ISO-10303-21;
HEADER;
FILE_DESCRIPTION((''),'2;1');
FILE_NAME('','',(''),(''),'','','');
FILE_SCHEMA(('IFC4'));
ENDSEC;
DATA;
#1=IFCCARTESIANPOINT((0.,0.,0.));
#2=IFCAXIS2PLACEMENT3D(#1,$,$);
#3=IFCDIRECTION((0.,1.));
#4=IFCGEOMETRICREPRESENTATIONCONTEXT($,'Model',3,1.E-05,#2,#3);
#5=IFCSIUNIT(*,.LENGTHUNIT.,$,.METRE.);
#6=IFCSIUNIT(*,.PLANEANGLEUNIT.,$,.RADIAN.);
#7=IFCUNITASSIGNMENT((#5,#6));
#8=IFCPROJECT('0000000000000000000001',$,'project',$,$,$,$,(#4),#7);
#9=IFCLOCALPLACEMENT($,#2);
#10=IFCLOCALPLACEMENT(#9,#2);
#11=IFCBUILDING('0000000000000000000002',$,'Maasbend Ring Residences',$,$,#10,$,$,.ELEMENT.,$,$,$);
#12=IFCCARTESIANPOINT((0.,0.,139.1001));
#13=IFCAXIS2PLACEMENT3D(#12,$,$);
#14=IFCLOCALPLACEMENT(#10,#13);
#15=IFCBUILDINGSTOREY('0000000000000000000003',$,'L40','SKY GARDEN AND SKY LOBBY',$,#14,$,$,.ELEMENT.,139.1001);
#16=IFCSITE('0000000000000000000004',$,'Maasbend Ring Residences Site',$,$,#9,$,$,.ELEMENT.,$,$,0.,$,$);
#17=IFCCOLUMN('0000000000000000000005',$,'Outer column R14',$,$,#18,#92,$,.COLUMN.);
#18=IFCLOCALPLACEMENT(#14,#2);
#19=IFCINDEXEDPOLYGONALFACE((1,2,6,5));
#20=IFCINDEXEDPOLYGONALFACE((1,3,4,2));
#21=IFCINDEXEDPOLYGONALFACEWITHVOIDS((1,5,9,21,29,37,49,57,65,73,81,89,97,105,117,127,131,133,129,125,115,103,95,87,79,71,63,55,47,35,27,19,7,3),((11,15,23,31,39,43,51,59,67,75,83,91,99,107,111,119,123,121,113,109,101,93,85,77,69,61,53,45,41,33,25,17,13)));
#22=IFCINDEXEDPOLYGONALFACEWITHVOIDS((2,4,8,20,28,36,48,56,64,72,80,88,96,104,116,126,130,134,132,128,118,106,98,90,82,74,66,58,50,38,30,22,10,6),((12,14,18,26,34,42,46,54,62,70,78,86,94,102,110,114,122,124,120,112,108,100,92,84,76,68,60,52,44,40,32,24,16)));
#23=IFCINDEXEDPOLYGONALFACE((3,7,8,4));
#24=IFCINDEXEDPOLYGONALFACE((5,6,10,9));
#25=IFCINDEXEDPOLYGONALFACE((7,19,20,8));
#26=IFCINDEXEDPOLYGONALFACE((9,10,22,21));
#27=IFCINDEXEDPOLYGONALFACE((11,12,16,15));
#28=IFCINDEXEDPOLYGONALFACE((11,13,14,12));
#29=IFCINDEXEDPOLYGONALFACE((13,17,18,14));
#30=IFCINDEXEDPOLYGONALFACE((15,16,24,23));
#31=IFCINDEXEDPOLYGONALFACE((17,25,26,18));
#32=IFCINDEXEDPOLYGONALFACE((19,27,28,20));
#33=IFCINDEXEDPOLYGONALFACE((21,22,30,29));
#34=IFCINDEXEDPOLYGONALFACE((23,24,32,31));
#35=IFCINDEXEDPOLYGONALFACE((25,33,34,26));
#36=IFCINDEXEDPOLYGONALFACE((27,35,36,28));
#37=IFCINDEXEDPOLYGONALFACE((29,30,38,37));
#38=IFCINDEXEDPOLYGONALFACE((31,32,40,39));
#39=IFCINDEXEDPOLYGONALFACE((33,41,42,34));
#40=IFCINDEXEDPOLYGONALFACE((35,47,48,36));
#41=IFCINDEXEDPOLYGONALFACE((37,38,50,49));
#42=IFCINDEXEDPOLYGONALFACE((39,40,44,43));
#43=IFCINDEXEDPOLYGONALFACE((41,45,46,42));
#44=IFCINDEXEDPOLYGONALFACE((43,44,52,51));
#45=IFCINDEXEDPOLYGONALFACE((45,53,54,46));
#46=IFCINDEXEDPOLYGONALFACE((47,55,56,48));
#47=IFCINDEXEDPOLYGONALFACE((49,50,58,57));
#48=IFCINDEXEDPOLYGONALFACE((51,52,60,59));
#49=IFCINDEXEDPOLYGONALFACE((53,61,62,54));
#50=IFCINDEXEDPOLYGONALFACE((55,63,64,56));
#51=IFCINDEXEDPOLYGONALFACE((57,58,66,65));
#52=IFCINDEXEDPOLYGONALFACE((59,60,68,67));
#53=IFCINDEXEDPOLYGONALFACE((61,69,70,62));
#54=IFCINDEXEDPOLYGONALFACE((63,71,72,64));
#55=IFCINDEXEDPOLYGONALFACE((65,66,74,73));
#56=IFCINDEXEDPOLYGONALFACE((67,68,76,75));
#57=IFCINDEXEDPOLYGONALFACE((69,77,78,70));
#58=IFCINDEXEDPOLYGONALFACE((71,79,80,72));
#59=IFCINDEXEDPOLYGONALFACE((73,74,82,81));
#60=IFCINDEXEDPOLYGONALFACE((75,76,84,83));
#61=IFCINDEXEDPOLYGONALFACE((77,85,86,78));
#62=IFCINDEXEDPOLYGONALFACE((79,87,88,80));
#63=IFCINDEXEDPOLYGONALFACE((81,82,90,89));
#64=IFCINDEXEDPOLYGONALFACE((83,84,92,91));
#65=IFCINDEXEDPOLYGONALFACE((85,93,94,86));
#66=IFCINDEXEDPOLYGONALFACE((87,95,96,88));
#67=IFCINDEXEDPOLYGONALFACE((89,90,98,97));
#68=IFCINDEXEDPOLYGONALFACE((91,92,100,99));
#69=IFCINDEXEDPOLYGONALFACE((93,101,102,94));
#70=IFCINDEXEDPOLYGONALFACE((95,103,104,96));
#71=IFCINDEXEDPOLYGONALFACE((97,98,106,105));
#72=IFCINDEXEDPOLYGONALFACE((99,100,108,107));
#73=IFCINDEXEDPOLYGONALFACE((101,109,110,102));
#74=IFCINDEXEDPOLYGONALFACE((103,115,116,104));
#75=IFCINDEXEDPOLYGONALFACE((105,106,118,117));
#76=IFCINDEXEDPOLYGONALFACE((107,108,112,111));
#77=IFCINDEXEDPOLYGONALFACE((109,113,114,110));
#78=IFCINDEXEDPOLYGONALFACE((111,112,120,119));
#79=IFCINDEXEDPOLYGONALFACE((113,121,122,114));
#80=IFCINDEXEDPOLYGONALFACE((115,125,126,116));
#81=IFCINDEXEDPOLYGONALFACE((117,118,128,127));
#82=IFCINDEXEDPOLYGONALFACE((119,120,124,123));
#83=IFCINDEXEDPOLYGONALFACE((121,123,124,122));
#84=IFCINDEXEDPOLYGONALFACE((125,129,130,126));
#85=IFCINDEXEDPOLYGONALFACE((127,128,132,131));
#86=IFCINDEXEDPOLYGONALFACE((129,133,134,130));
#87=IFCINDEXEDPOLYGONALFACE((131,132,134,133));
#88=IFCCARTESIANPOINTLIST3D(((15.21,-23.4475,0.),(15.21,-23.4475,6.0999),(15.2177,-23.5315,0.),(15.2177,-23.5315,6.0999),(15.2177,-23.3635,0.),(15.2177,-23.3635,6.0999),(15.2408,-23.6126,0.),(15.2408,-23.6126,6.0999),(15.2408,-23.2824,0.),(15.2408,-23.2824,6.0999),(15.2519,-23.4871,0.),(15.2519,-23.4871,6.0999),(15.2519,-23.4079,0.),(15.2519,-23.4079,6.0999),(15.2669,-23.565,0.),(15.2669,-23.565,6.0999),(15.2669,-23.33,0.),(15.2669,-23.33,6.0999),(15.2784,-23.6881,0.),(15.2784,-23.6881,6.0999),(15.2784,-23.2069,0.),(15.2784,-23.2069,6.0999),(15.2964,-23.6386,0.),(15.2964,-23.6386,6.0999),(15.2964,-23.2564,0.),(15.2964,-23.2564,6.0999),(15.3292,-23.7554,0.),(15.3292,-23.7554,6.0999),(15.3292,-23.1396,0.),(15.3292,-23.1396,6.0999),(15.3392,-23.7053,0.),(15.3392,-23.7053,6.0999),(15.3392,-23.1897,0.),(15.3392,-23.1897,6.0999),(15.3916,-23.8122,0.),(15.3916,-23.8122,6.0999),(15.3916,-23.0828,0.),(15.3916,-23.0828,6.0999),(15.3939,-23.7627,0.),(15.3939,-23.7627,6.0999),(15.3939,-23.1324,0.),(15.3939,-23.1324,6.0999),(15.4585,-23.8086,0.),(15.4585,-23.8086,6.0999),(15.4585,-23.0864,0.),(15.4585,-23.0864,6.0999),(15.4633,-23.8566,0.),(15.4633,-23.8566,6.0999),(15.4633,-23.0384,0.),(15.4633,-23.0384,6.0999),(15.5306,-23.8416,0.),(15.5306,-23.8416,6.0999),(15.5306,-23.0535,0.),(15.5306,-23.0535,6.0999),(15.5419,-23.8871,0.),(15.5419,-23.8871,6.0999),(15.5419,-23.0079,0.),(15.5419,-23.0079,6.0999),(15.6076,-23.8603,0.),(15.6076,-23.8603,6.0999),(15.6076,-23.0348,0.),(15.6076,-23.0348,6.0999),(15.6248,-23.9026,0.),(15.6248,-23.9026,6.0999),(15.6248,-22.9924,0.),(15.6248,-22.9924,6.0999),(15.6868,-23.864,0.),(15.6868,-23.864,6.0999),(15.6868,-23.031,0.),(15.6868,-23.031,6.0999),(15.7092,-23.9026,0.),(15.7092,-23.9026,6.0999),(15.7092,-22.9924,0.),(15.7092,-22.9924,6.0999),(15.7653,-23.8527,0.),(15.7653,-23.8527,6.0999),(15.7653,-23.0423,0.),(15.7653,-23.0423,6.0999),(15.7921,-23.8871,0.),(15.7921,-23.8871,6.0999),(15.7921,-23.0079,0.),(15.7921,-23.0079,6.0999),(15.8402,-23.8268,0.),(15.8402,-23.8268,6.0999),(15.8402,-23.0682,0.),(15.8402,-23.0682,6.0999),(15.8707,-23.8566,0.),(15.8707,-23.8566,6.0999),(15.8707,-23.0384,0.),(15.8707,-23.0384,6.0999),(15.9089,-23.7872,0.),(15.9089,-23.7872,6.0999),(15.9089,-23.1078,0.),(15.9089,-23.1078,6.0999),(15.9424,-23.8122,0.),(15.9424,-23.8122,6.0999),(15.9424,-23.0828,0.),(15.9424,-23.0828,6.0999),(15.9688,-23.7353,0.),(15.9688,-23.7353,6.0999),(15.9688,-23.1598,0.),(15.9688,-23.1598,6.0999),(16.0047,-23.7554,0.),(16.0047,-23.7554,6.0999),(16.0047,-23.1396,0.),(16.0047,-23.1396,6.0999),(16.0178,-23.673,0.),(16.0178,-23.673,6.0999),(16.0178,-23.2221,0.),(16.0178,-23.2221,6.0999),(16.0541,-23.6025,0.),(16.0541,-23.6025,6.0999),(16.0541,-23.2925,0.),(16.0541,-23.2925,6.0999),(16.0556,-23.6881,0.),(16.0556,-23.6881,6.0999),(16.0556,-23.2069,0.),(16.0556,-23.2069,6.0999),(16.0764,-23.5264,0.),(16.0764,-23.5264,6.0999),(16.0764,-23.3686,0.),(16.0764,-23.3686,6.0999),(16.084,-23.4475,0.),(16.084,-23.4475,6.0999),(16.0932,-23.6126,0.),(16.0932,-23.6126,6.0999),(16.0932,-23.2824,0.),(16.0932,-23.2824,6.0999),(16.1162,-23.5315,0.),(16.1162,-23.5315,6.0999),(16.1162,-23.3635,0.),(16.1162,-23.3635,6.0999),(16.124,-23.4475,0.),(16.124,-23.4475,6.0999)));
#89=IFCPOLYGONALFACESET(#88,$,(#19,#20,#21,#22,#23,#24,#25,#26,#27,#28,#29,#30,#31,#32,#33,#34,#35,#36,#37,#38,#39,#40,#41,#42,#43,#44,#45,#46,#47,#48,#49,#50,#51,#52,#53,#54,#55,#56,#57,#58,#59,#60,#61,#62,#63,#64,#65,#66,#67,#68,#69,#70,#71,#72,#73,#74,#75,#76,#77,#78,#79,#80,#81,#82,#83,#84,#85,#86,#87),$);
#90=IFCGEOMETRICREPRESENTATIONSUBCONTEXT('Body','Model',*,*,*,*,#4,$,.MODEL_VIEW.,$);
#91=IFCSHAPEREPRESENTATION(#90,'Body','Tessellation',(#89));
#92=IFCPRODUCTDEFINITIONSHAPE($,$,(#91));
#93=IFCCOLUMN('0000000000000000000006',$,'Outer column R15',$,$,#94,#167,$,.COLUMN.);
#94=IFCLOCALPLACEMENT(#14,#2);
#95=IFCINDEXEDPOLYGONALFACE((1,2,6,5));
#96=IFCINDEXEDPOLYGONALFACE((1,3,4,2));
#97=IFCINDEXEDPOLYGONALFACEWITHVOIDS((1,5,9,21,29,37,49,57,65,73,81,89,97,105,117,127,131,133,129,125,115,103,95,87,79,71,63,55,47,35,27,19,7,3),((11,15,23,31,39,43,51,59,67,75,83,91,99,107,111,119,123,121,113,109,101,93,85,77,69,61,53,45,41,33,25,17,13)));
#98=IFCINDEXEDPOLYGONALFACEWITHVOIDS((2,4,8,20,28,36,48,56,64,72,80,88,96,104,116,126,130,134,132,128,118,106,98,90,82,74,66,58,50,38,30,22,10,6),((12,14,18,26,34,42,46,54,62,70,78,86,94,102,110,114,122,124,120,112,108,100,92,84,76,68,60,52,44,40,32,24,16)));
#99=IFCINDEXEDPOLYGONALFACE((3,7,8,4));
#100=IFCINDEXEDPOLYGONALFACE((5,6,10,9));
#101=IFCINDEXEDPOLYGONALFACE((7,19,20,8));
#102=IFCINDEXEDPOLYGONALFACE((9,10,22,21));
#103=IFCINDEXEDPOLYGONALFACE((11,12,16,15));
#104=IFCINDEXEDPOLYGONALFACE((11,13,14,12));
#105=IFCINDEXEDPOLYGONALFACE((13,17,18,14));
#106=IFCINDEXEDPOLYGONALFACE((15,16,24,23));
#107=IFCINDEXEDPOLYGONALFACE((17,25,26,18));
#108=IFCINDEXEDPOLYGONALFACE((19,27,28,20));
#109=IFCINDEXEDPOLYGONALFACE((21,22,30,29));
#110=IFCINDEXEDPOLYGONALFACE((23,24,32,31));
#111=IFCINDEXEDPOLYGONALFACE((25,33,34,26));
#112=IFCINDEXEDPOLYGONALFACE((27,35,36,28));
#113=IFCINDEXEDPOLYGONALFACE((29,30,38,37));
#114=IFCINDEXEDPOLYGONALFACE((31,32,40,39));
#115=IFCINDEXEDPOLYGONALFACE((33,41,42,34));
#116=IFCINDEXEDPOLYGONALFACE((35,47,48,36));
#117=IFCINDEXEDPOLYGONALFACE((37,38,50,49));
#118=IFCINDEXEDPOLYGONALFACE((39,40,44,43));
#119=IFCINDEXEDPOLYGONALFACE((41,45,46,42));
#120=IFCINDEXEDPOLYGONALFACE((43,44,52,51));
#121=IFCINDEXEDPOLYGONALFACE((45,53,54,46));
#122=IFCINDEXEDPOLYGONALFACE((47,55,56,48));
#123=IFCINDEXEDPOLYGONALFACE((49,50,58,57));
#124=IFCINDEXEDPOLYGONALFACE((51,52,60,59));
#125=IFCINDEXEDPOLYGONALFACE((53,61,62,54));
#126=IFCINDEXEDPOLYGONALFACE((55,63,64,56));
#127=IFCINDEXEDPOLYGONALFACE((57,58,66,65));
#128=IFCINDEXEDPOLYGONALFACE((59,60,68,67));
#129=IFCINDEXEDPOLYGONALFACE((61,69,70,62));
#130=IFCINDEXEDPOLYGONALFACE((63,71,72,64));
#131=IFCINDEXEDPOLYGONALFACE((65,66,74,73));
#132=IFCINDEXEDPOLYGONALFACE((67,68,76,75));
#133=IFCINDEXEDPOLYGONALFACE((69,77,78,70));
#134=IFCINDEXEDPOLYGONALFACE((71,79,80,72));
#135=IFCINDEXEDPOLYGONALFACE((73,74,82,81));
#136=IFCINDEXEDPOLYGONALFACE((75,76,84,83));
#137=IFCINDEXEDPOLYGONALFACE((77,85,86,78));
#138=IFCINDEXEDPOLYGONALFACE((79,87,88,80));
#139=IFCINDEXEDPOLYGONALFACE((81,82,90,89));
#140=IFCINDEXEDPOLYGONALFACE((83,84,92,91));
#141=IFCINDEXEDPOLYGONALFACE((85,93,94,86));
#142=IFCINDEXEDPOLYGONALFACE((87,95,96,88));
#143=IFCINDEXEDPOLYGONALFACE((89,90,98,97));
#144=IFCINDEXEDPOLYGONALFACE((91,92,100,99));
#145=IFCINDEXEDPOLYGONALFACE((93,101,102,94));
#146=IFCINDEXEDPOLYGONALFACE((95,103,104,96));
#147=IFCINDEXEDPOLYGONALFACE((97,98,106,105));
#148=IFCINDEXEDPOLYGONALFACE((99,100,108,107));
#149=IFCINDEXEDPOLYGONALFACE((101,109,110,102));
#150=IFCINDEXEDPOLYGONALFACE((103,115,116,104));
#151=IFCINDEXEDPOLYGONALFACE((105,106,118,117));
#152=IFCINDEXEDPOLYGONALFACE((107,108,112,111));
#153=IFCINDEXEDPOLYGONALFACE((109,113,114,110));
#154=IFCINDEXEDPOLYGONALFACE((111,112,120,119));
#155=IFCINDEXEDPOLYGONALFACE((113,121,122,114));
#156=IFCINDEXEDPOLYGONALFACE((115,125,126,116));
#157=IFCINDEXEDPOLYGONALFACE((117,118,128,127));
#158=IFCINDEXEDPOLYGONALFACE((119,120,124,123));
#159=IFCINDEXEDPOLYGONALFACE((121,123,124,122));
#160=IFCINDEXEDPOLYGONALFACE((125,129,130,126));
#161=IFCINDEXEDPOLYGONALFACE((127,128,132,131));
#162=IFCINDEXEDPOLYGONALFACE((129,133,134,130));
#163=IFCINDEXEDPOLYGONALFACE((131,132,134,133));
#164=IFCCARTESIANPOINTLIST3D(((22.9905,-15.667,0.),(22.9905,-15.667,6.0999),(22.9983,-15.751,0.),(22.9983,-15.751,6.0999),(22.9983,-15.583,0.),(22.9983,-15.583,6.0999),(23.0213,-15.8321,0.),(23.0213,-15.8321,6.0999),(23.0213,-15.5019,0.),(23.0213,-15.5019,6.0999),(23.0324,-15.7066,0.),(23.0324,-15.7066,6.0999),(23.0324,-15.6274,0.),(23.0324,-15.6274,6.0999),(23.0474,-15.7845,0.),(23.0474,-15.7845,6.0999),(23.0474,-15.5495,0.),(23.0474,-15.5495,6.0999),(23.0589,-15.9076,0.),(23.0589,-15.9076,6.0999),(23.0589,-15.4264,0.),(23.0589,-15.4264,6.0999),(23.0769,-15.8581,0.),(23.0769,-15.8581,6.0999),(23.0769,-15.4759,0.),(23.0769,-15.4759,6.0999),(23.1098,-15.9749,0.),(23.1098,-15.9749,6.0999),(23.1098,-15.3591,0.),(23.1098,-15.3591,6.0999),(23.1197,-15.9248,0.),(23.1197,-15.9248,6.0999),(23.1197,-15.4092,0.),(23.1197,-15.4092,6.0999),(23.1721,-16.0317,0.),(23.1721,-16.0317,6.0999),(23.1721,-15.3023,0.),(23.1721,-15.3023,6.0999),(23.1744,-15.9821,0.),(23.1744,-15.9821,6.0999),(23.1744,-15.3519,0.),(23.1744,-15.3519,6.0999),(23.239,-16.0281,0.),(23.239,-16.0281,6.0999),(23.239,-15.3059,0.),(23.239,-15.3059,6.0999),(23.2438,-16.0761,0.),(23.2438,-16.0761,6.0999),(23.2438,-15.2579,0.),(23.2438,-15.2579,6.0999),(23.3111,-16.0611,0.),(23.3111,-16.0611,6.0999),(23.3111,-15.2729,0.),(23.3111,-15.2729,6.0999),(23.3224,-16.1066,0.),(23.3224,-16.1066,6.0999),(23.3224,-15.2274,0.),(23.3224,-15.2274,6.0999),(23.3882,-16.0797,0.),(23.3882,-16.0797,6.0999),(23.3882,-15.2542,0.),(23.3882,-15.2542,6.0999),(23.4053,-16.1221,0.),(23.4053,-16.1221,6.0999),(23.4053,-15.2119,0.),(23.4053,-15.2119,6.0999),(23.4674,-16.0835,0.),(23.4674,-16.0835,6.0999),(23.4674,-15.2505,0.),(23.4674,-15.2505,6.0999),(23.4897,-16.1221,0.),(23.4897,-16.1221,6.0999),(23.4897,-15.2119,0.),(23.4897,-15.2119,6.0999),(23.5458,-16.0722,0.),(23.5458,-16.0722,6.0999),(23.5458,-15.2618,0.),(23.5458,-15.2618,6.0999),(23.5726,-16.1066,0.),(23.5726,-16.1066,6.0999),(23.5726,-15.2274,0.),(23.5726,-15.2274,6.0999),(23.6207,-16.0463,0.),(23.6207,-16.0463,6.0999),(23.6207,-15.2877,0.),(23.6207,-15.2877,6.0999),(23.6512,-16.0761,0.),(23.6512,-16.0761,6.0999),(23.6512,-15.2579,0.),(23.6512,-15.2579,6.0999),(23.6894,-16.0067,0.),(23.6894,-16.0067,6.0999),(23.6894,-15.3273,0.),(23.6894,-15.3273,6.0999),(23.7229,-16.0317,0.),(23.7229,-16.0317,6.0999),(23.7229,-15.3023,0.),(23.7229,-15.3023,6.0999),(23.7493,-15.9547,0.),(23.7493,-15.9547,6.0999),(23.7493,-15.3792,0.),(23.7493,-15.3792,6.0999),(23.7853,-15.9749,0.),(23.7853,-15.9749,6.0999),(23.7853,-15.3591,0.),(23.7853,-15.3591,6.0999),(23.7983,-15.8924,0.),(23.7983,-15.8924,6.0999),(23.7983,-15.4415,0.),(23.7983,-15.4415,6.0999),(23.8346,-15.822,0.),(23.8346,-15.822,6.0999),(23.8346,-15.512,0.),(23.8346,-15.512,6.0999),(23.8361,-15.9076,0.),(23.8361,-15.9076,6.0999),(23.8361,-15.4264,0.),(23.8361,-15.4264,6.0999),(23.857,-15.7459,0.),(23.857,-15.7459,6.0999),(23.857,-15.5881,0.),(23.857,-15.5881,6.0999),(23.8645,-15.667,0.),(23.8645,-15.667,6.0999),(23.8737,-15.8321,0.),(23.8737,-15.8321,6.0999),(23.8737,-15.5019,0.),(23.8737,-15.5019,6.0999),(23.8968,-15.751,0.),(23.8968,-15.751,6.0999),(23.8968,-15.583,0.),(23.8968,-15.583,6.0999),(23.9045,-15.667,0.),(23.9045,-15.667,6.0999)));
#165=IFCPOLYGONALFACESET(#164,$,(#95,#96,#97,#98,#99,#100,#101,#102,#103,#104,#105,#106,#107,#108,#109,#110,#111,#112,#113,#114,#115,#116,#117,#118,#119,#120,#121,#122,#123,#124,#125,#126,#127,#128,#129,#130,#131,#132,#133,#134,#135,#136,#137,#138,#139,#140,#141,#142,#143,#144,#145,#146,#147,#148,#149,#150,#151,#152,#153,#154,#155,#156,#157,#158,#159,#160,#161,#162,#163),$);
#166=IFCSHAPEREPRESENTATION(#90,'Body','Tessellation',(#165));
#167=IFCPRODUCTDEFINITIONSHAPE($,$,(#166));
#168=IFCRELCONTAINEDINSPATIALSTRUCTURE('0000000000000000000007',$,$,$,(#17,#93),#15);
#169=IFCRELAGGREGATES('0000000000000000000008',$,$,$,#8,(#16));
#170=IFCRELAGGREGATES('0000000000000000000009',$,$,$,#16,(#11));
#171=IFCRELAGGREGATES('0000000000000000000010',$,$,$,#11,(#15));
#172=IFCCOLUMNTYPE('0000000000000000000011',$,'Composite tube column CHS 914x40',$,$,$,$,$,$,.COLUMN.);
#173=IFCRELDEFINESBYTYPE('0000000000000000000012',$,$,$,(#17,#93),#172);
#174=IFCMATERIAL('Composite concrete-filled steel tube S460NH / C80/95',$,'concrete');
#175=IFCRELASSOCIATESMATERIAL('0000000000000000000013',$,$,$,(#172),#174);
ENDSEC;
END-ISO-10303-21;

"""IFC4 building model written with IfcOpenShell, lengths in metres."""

from ifc_helpers import new_model, si_unit, direction, frame, origin, origin_2d, place, context, subcontext, project, spatial, hollow_circle, extrude, material, material_profile, profile_set, type_object, element, save


model = new_model("IFC4")

# Units and contexts
model_context = context("Model", 3, precision=1e-05, world=origin(), true_north=direction((0.0, 1.0)))
body_context = subcontext(model_context, "Body", "Model", "MODEL_VIEW")
ifc_project = project(units=[si_unit("LENGTHUNIT", "METRE"), si_unit("PLANEANGLEUNIT", "RADIAN")], contexts=[model_context])

# Site, building, storey
site_placement = place(None, origin())
site = spatial("IfcSite", under=ifc_project, at=site_placement, Name="Maasbend Ring Residences Site", CompositionType="ELEMENT", RefElevation=0.0)
building_placement = place(site_placement, origin())
building = spatial("IfcBuilding", under=site, at=building_placement, Name="Maasbend Ring Residences", CompositionType="ELEMENT")
storey_placement = place(building_placement, frame((0.0, 0.0, 139.1001)))
storey = spatial("IfcBuildingStorey", under=building, at=storey_placement, Name="L40", Description="SKY GARDEN AND SKY LOBBY", CompositionType="ELEMENT", Elevation=139.1001)

# Columns
ifc_material_1 = material(Name="Composite concrete-filled steel tube S460NH / C80/95", Category="concrete")
ifc_material_profile_1 = material_profile(ifc_material_1, hollow_circle(Radius=0.457, WallThickness=0.04, at=origin_2d()), Name="Composite tube column CHS 914x40")
ifc_profile_set_1 = profile_set([ifc_material_profile_1], Name="Composite concrete-filled steel tube S460NH / C80/95")
column_type_1 = type_object("IfcColumnType", Name="Composite tube column CHS 914x40", PredefinedType="COLUMN", material=ifc_profile_set_1)
for number, where, z_axis, x_axis, name in (
    (1, (15.667, -23.4475, 0.0), (0.0, 0.0, 1.0), (1.0, 0.0, 0.0), "Outer column R14"),
    (2, (23.4475, -15.667, 0.0), (0.0, 0.0, 1.0), (1.0, 0.0, 0.0), "Outer column R15"),
):
    element("IfcColumn", number, at=place(storey_placement, frame(where, z_axis=z_axis, x_axis=x_axis)), inside=storey, type_object=column_type_1, Name=name, PredefinedType="COLUMN", context=body_context, shape_type="SweptSolid", body=[
        extrude(hollow_circle(Radius=0.457, WallThickness=0.04, at=origin_2d()), origin(), (0.0, 0.0, 1.0), 6.0999),
    ])

save(model, "model.ifc")
